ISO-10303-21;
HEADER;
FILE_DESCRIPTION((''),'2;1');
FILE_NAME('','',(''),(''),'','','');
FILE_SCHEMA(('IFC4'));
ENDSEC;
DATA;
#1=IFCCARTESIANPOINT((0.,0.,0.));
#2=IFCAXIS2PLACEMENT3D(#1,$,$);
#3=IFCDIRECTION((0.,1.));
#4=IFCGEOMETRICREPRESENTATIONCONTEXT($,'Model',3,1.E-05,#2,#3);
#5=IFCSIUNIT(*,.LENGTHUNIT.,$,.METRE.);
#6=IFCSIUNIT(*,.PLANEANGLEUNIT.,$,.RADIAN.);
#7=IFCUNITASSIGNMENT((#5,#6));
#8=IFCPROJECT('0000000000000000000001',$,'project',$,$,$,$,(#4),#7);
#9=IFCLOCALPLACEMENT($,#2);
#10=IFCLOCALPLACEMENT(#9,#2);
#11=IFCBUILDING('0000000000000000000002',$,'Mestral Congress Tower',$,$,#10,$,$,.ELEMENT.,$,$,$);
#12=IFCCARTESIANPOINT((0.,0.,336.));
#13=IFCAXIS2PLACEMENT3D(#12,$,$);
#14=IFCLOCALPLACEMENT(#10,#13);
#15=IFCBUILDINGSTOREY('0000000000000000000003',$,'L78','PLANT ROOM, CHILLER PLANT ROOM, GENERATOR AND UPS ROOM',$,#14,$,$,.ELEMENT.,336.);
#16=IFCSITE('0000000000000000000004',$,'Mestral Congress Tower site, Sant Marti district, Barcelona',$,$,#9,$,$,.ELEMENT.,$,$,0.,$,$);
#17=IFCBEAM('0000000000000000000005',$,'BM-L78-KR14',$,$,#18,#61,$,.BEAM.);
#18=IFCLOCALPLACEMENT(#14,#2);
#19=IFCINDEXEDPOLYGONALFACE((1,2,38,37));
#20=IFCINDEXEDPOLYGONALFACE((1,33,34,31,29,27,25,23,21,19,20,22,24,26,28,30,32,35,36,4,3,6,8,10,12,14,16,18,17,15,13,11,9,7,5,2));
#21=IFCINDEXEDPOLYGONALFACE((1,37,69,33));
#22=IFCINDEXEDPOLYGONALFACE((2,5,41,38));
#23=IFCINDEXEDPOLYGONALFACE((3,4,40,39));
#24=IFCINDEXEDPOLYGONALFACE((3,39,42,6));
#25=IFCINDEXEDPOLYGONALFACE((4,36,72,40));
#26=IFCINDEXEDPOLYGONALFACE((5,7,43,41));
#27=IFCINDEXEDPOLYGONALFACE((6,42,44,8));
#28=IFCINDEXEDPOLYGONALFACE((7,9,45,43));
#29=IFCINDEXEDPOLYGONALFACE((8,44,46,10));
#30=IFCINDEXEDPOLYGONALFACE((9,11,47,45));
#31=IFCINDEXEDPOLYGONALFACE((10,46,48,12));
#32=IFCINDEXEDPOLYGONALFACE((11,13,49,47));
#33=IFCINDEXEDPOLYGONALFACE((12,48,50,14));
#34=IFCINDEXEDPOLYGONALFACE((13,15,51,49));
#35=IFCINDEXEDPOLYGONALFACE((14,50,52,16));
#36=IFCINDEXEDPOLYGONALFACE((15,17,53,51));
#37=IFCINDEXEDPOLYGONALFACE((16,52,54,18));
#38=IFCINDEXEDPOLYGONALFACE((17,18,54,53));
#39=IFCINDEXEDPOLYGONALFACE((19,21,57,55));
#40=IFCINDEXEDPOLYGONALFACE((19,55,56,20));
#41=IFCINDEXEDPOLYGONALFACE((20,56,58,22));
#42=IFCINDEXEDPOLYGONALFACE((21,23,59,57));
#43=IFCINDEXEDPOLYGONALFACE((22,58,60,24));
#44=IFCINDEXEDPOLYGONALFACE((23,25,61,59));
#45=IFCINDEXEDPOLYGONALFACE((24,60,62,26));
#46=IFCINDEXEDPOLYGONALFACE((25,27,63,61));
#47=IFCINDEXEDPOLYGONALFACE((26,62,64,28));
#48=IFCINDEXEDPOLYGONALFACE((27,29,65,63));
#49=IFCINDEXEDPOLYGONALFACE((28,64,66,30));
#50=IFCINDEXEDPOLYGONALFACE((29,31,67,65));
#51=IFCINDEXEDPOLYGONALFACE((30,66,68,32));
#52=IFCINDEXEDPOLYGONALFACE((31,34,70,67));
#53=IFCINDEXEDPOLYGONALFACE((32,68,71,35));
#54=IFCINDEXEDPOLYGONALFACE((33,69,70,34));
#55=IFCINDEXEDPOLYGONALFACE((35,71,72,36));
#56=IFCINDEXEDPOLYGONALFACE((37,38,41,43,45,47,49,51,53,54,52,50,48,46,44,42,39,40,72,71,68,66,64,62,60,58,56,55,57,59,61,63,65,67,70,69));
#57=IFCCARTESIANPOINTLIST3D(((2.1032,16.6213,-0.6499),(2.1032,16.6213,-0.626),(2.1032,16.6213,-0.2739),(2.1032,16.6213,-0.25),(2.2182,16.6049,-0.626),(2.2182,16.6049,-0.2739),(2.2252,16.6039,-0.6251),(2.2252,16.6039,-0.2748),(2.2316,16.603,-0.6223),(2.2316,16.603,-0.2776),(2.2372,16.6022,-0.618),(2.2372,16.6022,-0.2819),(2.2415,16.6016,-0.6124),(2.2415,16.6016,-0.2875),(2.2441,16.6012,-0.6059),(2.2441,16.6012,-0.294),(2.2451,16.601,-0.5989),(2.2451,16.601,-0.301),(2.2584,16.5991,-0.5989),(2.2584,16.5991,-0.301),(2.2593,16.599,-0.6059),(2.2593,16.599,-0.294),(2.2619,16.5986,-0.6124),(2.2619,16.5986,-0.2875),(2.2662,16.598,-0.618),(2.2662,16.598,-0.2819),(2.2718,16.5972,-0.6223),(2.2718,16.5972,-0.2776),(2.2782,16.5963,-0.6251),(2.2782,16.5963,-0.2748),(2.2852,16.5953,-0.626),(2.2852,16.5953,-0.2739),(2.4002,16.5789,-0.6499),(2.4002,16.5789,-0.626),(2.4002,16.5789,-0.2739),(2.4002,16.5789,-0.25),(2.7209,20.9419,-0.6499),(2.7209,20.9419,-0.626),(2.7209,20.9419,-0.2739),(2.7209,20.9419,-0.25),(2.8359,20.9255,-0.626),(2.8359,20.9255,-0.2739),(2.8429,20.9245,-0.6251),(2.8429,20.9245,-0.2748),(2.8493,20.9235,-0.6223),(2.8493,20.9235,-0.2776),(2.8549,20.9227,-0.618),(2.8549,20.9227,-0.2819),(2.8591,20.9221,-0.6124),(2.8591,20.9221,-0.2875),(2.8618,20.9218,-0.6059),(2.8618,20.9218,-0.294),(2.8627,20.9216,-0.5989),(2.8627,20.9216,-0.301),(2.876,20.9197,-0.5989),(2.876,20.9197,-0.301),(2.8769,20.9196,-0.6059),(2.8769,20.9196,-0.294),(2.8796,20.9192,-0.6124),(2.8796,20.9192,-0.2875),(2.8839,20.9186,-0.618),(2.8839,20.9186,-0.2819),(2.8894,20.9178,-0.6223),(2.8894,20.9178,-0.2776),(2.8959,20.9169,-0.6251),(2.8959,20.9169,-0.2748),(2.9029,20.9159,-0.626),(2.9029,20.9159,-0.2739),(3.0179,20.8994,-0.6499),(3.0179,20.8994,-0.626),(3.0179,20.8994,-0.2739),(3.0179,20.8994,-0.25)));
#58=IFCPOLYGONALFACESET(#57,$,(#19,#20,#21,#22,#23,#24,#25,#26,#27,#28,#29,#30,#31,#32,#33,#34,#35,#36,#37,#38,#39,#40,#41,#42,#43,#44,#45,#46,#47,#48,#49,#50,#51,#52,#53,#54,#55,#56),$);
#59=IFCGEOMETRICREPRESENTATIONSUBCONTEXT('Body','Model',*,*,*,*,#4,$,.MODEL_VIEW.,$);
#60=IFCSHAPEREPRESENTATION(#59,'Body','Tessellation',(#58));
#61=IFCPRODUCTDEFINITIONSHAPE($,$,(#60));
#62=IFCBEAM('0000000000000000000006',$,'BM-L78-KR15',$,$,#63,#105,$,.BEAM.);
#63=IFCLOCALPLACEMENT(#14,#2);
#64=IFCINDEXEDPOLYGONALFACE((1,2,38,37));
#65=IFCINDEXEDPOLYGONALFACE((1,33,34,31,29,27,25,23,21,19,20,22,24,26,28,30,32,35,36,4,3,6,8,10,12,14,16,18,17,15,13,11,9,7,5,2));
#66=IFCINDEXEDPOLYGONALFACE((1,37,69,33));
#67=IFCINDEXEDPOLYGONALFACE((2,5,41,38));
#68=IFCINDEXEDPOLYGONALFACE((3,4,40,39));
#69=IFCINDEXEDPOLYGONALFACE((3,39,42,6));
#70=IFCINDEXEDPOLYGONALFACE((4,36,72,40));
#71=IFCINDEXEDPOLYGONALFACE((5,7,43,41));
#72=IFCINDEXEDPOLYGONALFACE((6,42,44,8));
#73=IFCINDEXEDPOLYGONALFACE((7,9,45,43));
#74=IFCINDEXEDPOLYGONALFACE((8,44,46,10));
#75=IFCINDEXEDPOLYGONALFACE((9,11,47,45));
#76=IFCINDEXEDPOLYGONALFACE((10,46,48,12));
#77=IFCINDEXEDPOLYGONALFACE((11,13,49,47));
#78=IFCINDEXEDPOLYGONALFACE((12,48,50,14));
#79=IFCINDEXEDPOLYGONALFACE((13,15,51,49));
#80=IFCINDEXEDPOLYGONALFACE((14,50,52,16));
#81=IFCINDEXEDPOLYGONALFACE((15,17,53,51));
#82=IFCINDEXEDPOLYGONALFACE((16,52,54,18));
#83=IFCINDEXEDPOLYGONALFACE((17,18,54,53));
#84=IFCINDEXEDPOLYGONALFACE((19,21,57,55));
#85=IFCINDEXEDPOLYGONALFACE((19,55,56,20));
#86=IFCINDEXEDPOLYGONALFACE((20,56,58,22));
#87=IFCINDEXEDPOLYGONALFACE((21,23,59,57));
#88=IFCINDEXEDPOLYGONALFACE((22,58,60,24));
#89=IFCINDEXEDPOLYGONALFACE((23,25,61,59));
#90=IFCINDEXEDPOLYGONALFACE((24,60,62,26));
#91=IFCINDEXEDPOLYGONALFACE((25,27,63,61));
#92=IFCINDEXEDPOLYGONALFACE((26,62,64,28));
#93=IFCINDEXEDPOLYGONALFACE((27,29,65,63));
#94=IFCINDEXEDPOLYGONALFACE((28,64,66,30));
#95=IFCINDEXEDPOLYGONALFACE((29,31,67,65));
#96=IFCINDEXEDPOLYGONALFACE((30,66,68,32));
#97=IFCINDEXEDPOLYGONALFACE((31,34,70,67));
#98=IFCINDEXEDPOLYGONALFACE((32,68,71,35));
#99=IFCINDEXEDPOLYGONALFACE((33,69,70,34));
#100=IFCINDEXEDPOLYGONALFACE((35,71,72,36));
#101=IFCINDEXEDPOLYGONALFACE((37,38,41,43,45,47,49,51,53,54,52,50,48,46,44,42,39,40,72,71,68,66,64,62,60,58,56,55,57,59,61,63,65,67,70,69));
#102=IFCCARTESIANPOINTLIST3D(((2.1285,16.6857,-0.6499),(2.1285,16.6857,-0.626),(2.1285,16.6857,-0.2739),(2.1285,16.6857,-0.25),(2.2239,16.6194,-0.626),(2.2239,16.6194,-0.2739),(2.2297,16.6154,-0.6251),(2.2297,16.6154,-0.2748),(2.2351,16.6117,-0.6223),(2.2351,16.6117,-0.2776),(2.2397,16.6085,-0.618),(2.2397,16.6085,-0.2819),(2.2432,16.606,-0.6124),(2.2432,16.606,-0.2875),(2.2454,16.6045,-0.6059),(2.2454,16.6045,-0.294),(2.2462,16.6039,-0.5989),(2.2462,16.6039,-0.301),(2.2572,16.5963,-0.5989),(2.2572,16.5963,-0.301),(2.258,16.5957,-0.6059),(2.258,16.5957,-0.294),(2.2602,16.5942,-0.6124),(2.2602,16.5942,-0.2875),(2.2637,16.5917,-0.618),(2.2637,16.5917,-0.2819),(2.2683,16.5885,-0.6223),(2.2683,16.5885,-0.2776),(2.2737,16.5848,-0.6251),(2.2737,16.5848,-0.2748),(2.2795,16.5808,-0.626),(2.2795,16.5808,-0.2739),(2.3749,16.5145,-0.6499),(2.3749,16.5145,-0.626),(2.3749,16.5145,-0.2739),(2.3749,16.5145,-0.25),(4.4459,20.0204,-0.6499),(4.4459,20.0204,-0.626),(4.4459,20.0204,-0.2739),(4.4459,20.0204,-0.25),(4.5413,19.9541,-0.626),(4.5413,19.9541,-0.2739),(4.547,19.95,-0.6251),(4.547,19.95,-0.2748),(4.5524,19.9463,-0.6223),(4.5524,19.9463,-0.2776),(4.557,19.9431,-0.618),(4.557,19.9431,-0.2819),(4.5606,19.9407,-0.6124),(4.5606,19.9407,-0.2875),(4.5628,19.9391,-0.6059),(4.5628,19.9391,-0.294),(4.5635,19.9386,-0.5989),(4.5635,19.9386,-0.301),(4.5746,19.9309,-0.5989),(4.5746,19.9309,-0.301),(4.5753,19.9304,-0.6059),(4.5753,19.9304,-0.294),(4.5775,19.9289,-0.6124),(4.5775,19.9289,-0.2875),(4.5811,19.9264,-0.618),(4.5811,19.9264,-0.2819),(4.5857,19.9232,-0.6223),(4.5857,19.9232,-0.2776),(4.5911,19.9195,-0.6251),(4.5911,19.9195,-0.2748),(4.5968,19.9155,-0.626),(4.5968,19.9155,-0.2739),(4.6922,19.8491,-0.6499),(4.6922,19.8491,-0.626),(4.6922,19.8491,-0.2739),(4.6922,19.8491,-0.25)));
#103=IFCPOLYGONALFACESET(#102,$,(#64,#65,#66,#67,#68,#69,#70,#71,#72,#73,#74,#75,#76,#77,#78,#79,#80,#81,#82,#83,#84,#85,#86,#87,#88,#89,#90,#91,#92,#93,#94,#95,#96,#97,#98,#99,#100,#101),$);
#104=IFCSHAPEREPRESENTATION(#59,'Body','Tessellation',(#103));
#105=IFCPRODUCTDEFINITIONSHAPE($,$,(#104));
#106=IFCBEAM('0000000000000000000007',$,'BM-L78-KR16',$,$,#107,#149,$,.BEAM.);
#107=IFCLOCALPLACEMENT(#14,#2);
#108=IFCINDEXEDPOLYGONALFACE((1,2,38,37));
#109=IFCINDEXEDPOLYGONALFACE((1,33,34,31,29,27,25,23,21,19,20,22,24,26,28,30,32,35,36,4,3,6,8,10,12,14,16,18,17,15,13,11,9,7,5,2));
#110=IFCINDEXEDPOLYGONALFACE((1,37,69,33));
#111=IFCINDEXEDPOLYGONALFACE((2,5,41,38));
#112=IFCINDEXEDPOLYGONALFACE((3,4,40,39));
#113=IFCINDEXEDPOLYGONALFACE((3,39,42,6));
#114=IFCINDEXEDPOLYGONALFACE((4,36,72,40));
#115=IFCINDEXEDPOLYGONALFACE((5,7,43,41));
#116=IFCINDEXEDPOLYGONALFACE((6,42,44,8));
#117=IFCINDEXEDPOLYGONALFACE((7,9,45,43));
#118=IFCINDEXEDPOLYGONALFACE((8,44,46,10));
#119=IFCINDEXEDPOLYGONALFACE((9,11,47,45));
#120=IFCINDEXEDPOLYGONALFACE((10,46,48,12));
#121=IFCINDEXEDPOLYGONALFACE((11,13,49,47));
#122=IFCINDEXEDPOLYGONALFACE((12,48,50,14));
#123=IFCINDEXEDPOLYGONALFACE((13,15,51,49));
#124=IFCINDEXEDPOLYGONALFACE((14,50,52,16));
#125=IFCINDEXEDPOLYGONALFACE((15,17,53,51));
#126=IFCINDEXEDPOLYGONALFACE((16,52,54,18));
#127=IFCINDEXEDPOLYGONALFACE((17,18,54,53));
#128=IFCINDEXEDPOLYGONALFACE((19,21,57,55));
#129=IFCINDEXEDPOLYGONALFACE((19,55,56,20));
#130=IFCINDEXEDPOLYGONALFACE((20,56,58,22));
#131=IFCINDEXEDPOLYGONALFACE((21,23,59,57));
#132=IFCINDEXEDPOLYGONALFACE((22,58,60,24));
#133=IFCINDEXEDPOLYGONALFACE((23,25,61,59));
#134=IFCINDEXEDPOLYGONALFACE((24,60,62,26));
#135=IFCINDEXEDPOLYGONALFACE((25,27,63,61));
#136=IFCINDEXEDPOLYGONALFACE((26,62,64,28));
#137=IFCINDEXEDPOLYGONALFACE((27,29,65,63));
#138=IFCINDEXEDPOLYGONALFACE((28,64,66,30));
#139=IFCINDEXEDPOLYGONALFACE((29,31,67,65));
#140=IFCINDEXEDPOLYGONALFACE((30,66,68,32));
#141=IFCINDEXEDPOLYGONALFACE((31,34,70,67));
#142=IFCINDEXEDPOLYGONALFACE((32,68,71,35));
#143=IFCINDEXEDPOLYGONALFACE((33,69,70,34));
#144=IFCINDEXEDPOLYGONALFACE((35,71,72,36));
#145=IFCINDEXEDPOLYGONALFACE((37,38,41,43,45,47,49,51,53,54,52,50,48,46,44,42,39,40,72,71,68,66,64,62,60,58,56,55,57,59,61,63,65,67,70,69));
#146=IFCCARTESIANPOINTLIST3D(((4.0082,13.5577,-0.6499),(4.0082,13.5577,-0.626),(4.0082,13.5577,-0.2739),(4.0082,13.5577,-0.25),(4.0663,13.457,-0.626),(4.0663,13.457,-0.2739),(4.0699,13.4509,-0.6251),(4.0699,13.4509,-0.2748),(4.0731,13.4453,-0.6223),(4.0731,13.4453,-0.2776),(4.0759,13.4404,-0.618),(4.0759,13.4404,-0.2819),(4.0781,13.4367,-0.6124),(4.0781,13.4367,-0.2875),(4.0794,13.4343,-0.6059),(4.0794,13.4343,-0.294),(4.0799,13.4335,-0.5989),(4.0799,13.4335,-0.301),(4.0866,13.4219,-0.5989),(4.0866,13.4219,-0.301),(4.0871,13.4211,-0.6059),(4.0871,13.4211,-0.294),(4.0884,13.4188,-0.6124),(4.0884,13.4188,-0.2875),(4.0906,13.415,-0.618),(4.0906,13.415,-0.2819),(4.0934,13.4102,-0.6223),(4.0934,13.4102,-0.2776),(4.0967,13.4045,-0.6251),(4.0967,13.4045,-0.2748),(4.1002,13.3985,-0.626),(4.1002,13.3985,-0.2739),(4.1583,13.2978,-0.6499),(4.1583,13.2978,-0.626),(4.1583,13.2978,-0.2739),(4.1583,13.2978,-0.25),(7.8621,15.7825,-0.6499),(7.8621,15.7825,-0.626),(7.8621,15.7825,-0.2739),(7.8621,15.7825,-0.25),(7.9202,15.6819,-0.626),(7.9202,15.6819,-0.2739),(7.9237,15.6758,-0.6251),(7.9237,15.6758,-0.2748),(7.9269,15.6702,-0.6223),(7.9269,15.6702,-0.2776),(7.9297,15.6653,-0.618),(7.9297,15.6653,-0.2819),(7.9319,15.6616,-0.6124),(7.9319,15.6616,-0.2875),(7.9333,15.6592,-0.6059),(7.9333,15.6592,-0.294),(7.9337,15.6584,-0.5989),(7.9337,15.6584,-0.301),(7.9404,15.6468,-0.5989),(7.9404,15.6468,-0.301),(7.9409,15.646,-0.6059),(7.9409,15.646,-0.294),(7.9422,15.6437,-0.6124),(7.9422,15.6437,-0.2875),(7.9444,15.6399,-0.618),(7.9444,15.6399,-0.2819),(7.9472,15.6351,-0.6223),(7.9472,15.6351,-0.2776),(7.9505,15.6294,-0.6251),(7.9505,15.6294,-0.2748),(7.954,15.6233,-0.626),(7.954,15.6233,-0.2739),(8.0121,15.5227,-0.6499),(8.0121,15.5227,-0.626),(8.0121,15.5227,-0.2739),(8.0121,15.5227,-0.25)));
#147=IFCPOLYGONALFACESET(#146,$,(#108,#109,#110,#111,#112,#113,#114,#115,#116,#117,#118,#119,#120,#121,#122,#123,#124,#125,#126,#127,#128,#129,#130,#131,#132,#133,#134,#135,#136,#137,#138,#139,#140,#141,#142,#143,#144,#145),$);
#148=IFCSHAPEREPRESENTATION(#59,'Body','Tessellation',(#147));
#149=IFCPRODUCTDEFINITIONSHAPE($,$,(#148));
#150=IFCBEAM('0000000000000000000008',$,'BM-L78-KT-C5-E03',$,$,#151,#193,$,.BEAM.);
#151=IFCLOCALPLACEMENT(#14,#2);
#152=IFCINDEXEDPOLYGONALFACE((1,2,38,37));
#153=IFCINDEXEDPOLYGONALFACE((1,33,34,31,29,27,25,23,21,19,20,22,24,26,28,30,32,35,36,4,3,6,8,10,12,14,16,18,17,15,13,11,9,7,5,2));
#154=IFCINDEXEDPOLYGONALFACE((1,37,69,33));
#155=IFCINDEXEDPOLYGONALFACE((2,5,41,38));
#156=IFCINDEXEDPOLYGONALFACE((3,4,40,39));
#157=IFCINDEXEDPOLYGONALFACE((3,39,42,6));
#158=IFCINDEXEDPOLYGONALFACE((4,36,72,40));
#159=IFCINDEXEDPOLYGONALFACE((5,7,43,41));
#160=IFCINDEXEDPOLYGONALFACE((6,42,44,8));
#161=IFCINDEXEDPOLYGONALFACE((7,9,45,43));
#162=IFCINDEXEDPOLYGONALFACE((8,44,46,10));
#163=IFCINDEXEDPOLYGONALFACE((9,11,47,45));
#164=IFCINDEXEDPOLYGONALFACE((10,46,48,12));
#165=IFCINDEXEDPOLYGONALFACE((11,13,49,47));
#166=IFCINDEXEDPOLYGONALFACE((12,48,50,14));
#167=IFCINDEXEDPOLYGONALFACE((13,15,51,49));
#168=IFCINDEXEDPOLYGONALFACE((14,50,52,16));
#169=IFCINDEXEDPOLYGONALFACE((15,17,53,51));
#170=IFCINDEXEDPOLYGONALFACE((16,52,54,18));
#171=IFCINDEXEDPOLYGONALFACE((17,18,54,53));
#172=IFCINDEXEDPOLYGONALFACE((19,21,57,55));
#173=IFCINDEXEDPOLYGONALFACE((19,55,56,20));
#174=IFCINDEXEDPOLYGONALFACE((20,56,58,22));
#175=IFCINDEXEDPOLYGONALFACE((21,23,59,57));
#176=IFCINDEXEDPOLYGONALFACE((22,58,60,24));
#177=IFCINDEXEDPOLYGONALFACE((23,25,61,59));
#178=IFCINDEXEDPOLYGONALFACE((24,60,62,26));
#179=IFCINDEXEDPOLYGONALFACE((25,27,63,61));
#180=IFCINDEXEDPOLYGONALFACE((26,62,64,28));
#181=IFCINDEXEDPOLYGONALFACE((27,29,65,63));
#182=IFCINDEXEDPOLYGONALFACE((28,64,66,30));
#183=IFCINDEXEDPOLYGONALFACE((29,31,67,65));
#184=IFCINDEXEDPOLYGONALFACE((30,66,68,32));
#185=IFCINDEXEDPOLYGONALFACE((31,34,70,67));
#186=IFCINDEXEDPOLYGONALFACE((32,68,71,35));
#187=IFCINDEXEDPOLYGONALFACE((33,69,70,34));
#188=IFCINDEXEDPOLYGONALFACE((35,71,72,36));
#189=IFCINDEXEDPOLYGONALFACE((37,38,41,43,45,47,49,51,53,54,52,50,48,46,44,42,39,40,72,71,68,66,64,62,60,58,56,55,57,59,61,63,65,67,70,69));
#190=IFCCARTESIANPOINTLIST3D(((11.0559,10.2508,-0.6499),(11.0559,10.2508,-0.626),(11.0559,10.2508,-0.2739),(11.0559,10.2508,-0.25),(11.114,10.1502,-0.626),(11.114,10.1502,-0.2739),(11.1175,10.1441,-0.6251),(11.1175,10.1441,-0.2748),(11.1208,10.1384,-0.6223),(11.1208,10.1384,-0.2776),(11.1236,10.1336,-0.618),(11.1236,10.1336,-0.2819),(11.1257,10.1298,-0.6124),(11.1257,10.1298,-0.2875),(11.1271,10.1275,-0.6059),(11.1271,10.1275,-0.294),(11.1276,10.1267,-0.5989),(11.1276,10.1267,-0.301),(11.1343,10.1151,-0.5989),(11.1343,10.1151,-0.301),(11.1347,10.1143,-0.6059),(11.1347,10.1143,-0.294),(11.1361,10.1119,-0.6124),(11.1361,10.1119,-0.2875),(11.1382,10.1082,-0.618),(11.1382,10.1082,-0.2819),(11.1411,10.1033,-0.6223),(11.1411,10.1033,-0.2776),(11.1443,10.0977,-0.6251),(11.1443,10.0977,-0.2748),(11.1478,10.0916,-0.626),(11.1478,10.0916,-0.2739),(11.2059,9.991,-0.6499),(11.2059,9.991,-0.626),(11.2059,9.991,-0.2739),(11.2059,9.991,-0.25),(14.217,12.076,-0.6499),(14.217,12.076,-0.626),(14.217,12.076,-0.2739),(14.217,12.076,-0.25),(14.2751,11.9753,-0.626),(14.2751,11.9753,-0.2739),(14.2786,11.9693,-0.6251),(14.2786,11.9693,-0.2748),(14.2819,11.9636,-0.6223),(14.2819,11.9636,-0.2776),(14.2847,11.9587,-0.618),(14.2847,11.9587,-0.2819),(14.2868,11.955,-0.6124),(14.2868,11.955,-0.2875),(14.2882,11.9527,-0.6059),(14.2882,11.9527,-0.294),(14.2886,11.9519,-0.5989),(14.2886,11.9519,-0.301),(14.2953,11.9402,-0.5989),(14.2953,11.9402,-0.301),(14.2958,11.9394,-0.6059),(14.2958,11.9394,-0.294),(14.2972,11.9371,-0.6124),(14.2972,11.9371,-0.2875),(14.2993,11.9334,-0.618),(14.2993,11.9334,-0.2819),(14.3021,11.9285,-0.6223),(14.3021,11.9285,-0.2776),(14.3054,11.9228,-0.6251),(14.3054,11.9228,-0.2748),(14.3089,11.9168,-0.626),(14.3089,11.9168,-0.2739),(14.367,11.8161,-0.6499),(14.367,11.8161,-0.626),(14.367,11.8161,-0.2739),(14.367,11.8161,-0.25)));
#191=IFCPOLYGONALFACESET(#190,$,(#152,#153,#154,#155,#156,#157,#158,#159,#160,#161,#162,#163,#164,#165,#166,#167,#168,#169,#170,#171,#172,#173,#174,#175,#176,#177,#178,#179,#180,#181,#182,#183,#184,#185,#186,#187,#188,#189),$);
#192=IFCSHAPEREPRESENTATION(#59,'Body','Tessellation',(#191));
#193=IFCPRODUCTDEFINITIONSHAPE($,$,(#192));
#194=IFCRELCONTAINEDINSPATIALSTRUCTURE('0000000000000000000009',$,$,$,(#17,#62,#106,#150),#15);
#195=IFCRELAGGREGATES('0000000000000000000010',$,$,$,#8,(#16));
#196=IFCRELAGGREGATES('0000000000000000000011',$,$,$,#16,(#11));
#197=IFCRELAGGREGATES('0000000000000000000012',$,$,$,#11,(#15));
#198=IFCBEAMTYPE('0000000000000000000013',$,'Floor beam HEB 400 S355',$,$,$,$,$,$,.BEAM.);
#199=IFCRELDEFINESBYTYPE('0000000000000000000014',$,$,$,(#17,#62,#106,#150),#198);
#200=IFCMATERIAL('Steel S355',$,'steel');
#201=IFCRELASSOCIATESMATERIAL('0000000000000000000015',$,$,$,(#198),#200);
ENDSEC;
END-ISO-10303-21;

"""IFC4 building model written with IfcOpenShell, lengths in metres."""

from ifc_helpers import new_model, si_unit, direction, frame, origin, origin_2d, place, context, subcontext, project, spatial, i_section, extrude, material, material_profile, profile_set, type_object, element, save


model = new_model("IFC4")

# Units and contexts
model_context = context("Model", 3, precision=1e-05, world=origin(), true_north=direction((0.0, 1.0)))
body_context = subcontext(model_context, "Body", "Model", "MODEL_VIEW")
ifc_project = project(units=[si_unit("LENGTHUNIT", "METRE"), si_unit("PLANEANGLEUNIT", "RADIAN")], contexts=[model_context])

# Site, building, storey
site_placement = place(None, origin())
site = spatial("IfcSite", under=ifc_project, at=site_placement, Name="Mestral Congress Tower site, Sant Marti district, Barcelona", CompositionType="ELEMENT", RefElevation=0.0)
building_placement = place(site_placement, origin())
building = spatial("IfcBuilding", under=site, at=building_placement, Name="Mestral Congress Tower", CompositionType="ELEMENT")
storey_placement = place(building_placement, frame((0.0, 0.0, 336.0)))
storey = spatial("IfcBuildingStorey", under=building, at=storey_placement, Name="L78", Description="PLANT ROOM, CHILLER PLANT ROOM, GENERATOR AND UPS ROOM", CompositionType="ELEMENT", Elevation=336.0)

# Shared definitions
ifc_material_1 = material(Name="Steel S355", Category="steel")

# Beams
ifc_material_profile_1 = material_profile(ifc_material_1, i_section(OverallWidth=0.3, OverallDepth=0.3999, WebThickness=0.0134, FlangeThickness=0.0239, FilletRadius=0.0271, at=origin_2d()), Name="HEB 400")
ifc_profile_set_1 = profile_set([ifc_material_profile_1], Name="Steel S355")
beam_type_1 = type_object("IfcBeamType", Name="Floor beam HEB 400 S355", PredefinedType="BEAM", material=ifc_profile_set_1)
beam_1_placement = place(storey_placement, frame((2.2517, 16.6001, -0.45), z_axis=(0.141523, 0.989935, 0.0), x_axis=(-0.989935, 0.141523, 0.0)))
element("IfcBeam", 1, at=beam_1_placement, inside=storey, type_object=beam_type_1, Name="BM-L78-KR14", PredefinedType="BEAM", context=body_context, shape_type="SweptSolid", body=[
    extrude(i_section(OverallWidth=0.3, OverallDepth=0.3999, WebThickness=0.0134, FlangeThickness=0.0239, FilletRadius=0.0271, at=origin_2d()), origin(), (0.0, 0.0, 1.0), 4.3645),
])
beam_2_placement = place(storey_placement, frame((2.2517, 16.6001, -0.45), z_axis=(0.570663, 0.821184, 0.0), x_axis=(-0.821184, 0.570663, 0.0)))
element("IfcBeam", 2, at=beam_2_placement, inside=storey, type_object=beam_type_1, Name="BM-L78-KR15", PredefinedType="BEAM", context=body_context, shape_type="SweptSolid", body=[
    extrude(i_section(OverallWidth=0.3, OverallDepth=0.3999, WebThickness=0.0134, FlangeThickness=0.0239, FilletRadius=0.0271, at=origin_2d()), origin(), (0.0, 0.0, 1.0), 4.0608),
])
beam_3_placement = place(storey_placement, frame((4.0833, 13.4277, -0.45), z_axis=(0.866037, 0.49998, 0.0), x_axis=(-0.49998, 0.866037, 0.0)))
element("IfcBeam", 3, at=beam_3_placement, inside=storey, type_object=beam_type_1, Name="BM-L78-KR16", PredefinedType="BEAM", context=body_context, shape_type="SweptSolid", body=[
    extrude(i_section(OverallWidth=0.3, OverallDepth=0.3999, WebThickness=0.0134, FlangeThickness=0.0239, FilletRadius=0.0271, at=origin_2d()), origin(), (0.0, 0.0, 1.0), 4.45),
])
beam_4_placement = place(storey_placement, frame((14.292, 11.946, -0.45), z_axis=(-0.866012, -0.500024, 0.0), x_axis=(0.500024, -0.866012, 0.0)))
element("IfcBeam", 4, at=beam_4_placement, inside=storey, type_object=beam_type_1, Name="BM-L78-KT-C5-E03", PredefinedType="BEAM", context=body_context, shape_type="SweptSolid", body=[
    extrude(i_section(OverallWidth=0.3, OverallDepth=0.3999, WebThickness=0.0134, FlangeThickness=0.0239, FilletRadius=0.0271, at=origin_2d()), origin(), (0.0, 0.0, 1.0), 3.6501),
])

save(model, "model.ifc")
